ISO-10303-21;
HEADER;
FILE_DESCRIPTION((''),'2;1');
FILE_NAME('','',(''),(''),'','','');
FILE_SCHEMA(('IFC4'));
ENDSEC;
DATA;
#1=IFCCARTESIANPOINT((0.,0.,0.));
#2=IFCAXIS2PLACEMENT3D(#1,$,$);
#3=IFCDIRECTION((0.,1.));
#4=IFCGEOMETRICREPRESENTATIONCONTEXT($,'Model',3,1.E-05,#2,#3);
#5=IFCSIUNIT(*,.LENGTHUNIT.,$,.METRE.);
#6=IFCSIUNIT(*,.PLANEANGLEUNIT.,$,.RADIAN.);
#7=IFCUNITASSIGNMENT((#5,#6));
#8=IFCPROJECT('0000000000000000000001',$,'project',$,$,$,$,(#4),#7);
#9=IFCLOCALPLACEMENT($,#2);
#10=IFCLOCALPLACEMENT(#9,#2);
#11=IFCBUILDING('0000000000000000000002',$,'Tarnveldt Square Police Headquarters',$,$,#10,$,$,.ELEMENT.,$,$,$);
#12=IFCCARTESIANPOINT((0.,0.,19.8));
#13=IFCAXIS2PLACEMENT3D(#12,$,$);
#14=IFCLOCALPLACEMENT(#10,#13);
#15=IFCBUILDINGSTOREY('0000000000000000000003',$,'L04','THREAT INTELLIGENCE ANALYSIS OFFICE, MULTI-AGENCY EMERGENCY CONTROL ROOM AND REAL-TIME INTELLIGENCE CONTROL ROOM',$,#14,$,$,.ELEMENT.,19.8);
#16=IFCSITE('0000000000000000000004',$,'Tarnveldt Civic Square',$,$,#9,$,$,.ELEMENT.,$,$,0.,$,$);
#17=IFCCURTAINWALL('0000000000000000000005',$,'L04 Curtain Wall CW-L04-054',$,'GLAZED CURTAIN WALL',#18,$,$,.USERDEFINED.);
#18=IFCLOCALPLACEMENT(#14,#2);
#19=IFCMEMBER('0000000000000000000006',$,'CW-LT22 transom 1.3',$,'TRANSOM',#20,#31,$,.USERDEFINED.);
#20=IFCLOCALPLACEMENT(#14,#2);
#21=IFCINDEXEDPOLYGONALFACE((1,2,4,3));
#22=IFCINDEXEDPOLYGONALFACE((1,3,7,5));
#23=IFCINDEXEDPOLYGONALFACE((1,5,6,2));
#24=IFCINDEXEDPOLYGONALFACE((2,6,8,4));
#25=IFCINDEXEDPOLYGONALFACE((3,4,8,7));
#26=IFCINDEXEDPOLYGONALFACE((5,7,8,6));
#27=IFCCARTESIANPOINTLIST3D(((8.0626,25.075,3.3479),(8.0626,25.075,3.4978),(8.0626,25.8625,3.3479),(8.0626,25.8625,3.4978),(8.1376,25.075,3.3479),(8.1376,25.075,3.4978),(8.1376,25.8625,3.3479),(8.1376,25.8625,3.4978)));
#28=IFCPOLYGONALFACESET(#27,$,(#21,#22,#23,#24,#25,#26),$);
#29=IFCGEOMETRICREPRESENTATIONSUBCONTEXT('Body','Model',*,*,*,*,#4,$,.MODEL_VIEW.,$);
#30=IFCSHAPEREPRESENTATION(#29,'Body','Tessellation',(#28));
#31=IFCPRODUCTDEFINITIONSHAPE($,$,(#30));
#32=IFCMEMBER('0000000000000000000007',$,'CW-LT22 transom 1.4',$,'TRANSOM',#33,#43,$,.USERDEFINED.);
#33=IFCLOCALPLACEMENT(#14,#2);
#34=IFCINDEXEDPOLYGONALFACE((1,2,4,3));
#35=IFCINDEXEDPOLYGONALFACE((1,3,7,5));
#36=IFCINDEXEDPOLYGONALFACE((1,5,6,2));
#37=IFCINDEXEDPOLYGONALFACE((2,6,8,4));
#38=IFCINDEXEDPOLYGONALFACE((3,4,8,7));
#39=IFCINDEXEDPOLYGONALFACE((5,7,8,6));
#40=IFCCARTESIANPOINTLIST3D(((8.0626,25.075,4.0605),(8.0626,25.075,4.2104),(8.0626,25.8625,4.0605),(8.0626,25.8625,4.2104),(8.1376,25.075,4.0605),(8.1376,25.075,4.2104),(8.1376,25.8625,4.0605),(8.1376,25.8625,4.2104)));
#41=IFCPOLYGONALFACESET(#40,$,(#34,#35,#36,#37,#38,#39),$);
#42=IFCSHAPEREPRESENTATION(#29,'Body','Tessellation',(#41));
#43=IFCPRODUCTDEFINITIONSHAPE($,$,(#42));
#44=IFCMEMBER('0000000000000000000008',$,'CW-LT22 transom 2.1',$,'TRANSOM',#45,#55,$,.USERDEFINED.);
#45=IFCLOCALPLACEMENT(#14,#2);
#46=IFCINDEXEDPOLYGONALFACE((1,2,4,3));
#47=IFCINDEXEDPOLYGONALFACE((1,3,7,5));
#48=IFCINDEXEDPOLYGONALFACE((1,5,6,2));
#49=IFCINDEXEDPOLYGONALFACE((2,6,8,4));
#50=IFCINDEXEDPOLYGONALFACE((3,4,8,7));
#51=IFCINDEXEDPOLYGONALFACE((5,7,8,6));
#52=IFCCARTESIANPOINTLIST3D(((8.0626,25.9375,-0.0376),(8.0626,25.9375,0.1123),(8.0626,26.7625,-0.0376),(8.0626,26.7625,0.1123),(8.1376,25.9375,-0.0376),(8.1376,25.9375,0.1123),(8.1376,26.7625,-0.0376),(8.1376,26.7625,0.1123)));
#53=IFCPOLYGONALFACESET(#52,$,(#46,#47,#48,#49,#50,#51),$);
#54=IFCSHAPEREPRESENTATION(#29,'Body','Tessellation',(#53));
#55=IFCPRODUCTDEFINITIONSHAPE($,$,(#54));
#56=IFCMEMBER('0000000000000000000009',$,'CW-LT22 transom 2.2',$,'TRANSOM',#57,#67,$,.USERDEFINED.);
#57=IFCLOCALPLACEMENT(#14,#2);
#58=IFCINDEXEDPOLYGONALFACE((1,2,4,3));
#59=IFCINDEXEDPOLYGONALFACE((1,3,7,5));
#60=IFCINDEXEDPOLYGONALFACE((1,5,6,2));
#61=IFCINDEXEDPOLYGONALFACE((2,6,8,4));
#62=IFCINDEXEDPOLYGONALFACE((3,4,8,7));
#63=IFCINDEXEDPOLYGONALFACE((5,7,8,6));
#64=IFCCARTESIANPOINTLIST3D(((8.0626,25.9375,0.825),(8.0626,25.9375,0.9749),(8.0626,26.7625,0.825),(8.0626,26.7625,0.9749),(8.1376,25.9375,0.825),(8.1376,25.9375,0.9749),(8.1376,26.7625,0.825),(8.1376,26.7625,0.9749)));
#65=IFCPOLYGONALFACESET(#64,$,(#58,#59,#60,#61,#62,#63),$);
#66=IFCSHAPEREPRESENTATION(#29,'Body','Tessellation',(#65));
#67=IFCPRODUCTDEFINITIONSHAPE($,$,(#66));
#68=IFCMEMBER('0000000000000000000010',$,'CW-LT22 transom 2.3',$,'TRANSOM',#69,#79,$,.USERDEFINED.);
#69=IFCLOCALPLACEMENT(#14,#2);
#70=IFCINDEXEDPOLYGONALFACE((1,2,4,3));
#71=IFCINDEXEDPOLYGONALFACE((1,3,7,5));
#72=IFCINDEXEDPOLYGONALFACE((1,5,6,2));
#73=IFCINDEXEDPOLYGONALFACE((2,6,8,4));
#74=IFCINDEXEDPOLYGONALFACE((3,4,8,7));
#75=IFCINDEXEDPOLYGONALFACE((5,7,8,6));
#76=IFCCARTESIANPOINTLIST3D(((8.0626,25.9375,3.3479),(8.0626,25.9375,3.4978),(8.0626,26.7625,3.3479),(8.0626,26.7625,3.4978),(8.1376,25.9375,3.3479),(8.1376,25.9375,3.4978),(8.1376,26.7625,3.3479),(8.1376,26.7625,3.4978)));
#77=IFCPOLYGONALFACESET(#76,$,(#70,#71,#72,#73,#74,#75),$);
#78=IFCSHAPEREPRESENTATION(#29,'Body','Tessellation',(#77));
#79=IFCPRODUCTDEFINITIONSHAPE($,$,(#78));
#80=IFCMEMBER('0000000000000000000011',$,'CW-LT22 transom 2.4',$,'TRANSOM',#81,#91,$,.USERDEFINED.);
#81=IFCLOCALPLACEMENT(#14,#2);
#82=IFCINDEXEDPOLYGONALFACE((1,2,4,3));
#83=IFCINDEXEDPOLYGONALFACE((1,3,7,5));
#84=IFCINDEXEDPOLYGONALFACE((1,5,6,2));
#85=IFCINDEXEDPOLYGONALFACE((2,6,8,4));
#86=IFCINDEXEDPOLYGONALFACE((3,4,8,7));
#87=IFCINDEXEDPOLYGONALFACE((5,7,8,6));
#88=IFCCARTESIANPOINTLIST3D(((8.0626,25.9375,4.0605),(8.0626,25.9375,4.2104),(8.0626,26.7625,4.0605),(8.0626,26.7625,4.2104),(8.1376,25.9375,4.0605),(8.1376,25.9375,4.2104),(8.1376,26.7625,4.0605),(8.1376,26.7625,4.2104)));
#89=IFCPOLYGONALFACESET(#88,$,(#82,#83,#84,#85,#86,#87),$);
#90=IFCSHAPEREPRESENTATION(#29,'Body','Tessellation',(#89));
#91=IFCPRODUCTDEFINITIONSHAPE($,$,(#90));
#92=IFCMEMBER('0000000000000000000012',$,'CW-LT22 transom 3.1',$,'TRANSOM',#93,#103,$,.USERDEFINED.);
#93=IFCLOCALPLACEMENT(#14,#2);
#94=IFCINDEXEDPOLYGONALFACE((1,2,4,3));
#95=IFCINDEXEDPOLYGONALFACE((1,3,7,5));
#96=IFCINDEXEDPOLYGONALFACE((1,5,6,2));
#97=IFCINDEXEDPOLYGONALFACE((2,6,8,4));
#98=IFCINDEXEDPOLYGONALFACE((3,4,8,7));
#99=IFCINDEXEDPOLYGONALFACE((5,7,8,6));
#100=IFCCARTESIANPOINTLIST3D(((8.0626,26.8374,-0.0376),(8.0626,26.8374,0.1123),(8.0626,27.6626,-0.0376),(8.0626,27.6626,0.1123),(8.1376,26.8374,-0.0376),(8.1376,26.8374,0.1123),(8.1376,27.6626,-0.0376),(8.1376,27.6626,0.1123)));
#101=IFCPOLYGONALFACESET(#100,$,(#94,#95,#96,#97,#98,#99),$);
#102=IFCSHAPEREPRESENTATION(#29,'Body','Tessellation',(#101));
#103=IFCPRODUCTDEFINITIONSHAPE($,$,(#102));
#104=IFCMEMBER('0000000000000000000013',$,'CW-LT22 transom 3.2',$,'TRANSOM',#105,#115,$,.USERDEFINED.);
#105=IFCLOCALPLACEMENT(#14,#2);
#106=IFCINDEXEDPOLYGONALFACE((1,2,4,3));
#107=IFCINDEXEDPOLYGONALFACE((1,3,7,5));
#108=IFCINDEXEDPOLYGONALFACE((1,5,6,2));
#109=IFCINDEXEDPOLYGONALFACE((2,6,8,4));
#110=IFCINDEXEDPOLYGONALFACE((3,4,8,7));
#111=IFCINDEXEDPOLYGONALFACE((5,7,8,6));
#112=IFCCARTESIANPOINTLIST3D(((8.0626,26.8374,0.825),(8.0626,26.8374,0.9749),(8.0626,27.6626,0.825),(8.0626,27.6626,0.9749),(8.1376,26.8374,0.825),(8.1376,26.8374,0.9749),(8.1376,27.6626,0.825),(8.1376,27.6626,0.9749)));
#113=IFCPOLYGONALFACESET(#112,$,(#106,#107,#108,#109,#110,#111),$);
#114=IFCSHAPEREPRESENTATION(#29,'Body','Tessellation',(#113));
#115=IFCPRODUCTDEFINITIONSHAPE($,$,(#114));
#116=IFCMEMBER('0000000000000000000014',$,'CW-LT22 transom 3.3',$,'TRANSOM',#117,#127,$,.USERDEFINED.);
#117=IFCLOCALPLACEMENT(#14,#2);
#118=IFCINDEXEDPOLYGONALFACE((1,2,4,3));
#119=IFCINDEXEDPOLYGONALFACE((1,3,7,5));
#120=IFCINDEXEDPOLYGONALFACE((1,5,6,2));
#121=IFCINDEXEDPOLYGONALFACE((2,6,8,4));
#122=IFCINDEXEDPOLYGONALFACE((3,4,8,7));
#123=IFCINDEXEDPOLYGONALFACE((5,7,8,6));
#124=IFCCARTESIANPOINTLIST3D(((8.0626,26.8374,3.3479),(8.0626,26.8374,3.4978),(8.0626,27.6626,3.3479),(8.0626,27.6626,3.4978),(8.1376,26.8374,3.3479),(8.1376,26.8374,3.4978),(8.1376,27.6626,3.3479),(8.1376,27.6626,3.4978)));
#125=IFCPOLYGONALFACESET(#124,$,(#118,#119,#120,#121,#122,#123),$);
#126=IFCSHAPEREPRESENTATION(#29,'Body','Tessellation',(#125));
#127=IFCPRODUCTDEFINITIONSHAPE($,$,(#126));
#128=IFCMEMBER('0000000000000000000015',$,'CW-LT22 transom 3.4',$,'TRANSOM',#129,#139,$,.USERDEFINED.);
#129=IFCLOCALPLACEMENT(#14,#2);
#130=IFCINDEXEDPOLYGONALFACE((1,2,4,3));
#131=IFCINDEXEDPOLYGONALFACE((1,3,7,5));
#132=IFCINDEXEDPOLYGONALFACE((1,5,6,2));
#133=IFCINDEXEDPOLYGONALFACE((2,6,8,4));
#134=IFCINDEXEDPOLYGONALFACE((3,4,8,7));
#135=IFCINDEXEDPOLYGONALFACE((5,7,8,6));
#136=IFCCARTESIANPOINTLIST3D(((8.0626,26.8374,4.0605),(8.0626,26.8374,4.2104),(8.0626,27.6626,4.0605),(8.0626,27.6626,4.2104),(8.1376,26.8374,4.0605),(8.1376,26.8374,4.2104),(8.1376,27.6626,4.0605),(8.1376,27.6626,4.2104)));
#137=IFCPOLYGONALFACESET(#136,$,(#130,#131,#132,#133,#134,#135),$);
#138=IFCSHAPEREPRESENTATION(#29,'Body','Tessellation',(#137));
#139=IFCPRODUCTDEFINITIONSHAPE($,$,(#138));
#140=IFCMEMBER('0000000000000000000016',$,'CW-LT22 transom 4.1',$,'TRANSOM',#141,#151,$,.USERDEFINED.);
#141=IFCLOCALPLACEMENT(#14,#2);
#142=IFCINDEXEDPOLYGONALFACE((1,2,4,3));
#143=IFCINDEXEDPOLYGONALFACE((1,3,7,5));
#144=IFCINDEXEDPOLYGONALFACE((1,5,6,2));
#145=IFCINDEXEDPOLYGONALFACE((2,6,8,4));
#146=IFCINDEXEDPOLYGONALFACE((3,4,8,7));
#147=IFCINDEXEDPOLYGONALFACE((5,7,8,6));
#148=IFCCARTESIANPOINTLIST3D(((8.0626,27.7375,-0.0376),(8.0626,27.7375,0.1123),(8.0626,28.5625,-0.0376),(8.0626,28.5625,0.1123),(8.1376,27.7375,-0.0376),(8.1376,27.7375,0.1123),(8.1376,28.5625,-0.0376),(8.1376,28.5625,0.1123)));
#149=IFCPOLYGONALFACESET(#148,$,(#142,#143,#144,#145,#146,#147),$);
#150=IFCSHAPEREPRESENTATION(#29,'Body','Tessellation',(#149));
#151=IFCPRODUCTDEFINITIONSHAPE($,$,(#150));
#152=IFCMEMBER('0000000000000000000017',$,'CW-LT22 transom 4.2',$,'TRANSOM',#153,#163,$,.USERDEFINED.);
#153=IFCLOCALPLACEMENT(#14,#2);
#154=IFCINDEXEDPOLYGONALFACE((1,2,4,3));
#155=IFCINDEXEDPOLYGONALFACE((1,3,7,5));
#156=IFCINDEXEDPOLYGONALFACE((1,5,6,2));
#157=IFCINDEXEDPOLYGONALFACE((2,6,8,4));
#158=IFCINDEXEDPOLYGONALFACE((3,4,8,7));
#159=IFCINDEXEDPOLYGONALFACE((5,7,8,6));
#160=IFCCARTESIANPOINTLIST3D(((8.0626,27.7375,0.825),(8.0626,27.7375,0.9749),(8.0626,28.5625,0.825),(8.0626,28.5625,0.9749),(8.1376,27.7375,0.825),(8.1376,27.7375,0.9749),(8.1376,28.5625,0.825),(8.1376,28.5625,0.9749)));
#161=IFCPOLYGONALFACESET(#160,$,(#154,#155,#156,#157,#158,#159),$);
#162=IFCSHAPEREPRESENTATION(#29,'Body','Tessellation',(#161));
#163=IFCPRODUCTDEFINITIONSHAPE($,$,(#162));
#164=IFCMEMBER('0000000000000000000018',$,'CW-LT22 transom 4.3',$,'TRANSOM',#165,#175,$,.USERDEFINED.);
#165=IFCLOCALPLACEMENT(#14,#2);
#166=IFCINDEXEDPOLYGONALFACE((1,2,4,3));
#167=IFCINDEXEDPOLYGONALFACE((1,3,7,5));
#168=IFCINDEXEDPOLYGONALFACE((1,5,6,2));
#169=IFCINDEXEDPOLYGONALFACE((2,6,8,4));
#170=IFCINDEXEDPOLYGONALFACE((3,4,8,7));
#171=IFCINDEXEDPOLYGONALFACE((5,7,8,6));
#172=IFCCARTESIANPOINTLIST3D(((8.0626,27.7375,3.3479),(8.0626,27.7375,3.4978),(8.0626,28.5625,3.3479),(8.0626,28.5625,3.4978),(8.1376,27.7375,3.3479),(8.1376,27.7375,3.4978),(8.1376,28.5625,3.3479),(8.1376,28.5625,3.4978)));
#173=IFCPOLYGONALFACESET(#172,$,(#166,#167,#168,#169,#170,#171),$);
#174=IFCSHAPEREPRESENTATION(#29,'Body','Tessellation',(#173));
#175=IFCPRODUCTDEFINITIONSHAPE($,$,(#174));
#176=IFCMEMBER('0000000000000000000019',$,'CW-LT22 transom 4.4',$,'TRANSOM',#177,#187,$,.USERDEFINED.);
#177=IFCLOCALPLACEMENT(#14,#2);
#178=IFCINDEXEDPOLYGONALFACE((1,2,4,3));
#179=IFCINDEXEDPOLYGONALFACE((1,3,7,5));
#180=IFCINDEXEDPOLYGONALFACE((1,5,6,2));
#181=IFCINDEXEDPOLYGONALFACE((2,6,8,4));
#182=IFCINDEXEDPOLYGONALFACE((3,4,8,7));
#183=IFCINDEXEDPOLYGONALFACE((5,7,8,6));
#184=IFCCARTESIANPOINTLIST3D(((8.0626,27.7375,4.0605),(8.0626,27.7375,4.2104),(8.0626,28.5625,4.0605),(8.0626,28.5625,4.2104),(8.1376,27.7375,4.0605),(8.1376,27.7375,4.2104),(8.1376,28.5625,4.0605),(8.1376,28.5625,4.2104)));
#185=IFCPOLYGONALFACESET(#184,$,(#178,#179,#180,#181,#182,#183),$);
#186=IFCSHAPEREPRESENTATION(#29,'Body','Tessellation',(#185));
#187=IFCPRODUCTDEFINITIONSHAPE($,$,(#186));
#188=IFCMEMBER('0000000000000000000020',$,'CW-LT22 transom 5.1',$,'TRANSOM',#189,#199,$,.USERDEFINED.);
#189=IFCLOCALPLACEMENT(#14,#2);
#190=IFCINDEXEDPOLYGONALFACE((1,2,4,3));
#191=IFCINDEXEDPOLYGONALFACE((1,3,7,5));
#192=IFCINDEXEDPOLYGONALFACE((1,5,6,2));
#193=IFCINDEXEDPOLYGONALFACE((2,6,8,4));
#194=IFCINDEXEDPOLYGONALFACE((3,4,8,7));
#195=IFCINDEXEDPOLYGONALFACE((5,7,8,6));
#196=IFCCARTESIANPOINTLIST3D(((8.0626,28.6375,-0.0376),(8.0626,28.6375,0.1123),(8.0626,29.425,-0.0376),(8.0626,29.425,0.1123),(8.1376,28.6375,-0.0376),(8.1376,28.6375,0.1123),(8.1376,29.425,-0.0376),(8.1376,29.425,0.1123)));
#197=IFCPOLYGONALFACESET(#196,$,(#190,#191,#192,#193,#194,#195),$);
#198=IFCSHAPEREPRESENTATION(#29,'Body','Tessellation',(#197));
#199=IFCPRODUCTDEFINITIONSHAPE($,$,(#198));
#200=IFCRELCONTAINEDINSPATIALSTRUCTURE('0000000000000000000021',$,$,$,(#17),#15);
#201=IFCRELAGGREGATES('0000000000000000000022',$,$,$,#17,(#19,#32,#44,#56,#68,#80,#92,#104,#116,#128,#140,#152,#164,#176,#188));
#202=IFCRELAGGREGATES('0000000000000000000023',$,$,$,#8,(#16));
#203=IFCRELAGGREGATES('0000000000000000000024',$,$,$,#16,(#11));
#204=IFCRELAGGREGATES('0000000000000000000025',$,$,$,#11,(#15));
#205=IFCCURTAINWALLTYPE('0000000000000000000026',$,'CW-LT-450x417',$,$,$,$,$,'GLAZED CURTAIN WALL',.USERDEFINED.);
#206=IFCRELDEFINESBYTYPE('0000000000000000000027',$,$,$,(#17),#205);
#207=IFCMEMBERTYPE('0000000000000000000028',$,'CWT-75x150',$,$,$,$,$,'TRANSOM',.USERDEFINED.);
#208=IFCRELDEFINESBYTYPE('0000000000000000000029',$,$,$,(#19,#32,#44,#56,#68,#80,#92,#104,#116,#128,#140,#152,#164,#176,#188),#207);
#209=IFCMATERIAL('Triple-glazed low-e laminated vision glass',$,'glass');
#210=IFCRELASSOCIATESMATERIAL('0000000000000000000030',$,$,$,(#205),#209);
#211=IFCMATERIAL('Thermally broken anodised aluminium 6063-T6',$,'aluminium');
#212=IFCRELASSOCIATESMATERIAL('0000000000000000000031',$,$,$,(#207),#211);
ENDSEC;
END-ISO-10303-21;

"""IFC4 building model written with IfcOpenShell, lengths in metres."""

from ifc_helpers import new_model, si_unit, direction, frame, origin, origin_2d, place, context, subcontext, project, spatial, rectangle, extrude, material, material_profile, profile_set, type_object, element, aggregate, save


model = new_model("IFC4")

# Units and contexts
model_context = context("Model", 3, precision=1e-05, world=origin(), true_north=direction((0.0, 1.0)))
body_context = subcontext(model_context, "Body", "Model", "MODEL_VIEW")
ifc_project = project(units=[si_unit("LENGTHUNIT", "METRE"), si_unit("PLANEANGLEUNIT", "RADIAN")], contexts=[model_context])

# Site, building, storey
site_placement = place(None, origin())
site = spatial("IfcSite", under=ifc_project, at=site_placement, Name="Tarnveldt Civic Square", CompositionType="ELEMENT", RefElevation=0.0)
building_placement = place(site_placement, origin())
building = spatial("IfcBuilding", under=site, at=building_placement, Name="Tarnveldt Square Police Headquarters", CompositionType="ELEMENT")
storey_placement = place(building_placement, frame((0.0, 0.0, 19.8)))
storey = spatial("IfcBuildingStorey", under=building, at=storey_placement, Name="L04", Description="THREAT INTELLIGENCE ANALYSIS OFFICE, MULTI-AGENCY EMERGENCY CONTROL ROOM AND REAL-TIME INTELLIGENCE CONTROL ROOM", CompositionType="ELEMENT", Elevation=19.8)

# Curtain wall, members
ifc_material_1 = material(Name="Triple-glazed low-e laminated vision glass", Category="glass")
curtain_wall_type = type_object("IfcCurtainWallType", Name="CW-LT-450x417", ElementType="GLAZED CURTAIN WALL", PredefinedType="USERDEFINED", material=ifc_material_1)
curtain_wall_placement = place(storey_placement, origin())
curtain_wall = element("IfcCurtainWall", 1, at=curtain_wall_placement, inside=storey, type_object=curtain_wall_type, Name="L04 Curtain Wall CW-L04-054", ObjectType="GLAZED CURTAIN WALL", PredefinedType="USERDEFINED")
ifc_material_2 = material(Name="Thermally broken anodised aluminium 6063-T6", Category="aluminium")
ifc_material_profile_1 = material_profile(ifc_material_2, rectangle(XDim=0.075, YDim=0.1499, at=origin_2d()), Name="CW-T75x150")
ifc_profile_set_1 = profile_set([ifc_material_profile_1], Name="Thermally broken anodised aluminium 6063-T6")
member_type_1 = type_object("IfcMemberType", Name="CWT-75x150", ElementType="TRANSOM", PredefinedType="USERDEFINED", material=ifc_profile_set_1)
member_1_placement = place(storey_placement, frame((8.1001, 25.075, 3.4229), z_axis=(0.0, 1.0, 0.0), x_axis=(-1.0, 0.0, 0.0)))
member_1 = element("IfcMember", 2, at=member_1_placement, type_object=member_type_1, Name="CW-LT22 transom 1.3", ObjectType="TRANSOM", PredefinedType="USERDEFINED", context=body_context, shape_type="SweptSolid", body=[
    extrude(rectangle(XDim=0.075, YDim=0.1499, at=origin_2d()), origin(), (0.0, 0.0, 1.0), 0.7876),
])
member_2_placement = place(storey_placement, frame((8.1001, 25.075, 4.1355), z_axis=(0.0, 1.0, 0.0), x_axis=(-1.0, 0.0, 0.0)))
member_2 = element("IfcMember", 3, at=member_2_placement, type_object=member_type_1, Name="CW-LT22 transom 1.4", ObjectType="TRANSOM", PredefinedType="USERDEFINED", context=body_context, shape_type="SweptSolid", body=[
    extrude(rectangle(XDim=0.075, YDim=0.1499, at=origin_2d()), origin(), (0.0, 0.0, 1.0), 0.7876),
])
member_3_placement = place(storey_placement, frame((8.1001, 25.9375, 0.0374), z_axis=(0.0, 1.0, 0.0), x_axis=(-1.0, 0.0, 0.0)))
member_3 = element("IfcMember", 4, at=member_3_placement, type_object=member_type_1, Name="CW-LT22 transom 2.1", ObjectType="TRANSOM", PredefinedType="USERDEFINED", context=body_context, shape_type="SweptSolid", body=[
    extrude(rectangle(XDim=0.075, YDim=0.1499, at=origin_2d()), origin(), (0.0, 0.0, 1.0), 0.825),
])
member_4_placement = place(storey_placement, frame((8.1001, 25.9375, 0.8999), z_axis=(0.0, 1.0, 0.0), x_axis=(-1.0, 0.0, 0.0)))
member_4 = element("IfcMember", 5, at=member_4_placement, type_object=member_type_1, Name="CW-LT22 transom 2.2", ObjectType="TRANSOM", PredefinedType="USERDEFINED", context=body_context, shape_type="SweptSolid", body=[
    extrude(rectangle(XDim=0.075, YDim=0.1499, at=origin_2d()), origin(), (0.0, 0.0, 1.0), 0.825),
])
member_5_placement = place(storey_placement, frame((8.1001, 25.9375, 3.4229), z_axis=(0.0, 1.0, 0.0), x_axis=(-1.0, 0.0, 0.0)))
member_5 = element("IfcMember", 6, at=member_5_placement, type_object=member_type_1, Name="CW-LT22 transom 2.3", ObjectType="TRANSOM", PredefinedType="USERDEFINED", context=body_context, shape_type="SweptSolid", body=[
    extrude(rectangle(XDim=0.075, YDim=0.1499, at=origin_2d()), origin(), (0.0, 0.0, 1.0), 0.825),
])
member_6_placement = place(storey_placement, frame((8.1001, 25.9375, 4.1355), z_axis=(0.0, 1.0, 0.0), x_axis=(-1.0, 0.0, 0.0)))
member_6 = element("IfcMember", 7, at=member_6_placement, type_object=member_type_1, Name="CW-LT22 transom 2.4", ObjectType="TRANSOM", PredefinedType="USERDEFINED", context=body_context, shape_type="SweptSolid", body=[
    extrude(rectangle(XDim=0.075, YDim=0.1499, at=origin_2d()), origin(), (0.0, 0.0, 1.0), 0.825),
])
member_7_placement = place(storey_placement, frame((8.1001, 26.8374, 0.0374), z_axis=(0.0, 1.0, 0.0), x_axis=(-1.0, 0.0, 0.0)))
member_7 = element("IfcMember", 8, at=member_7_placement, type_object=member_type_1, Name="CW-LT22 transom 3.1", ObjectType="TRANSOM", PredefinedType="USERDEFINED", context=body_context, shape_type="SweptSolid", body=[
    extrude(rectangle(XDim=0.075, YDim=0.1499, at=origin_2d()), origin(), (0.0, 0.0, 1.0), 0.8252),
])
member_8_placement = place(storey_placement, frame((8.1001, 26.8374, 0.8999), z_axis=(0.0, 1.0, 0.0), x_axis=(-1.0, 0.0, 0.0)))
member_8 = element("IfcMember", 9, at=member_8_placement, type_object=member_type_1, Name="CW-LT22 transom 3.2", ObjectType="TRANSOM", PredefinedType="USERDEFINED", context=body_context, shape_type="SweptSolid", body=[
    extrude(rectangle(XDim=0.075, YDim=0.1499, at=origin_2d()), origin(), (0.0, 0.0, 1.0), 0.8252),
])
member_9_placement = place(storey_placement, frame((8.1001, 26.8374, 3.4229), z_axis=(0.0, 1.0, 0.0), x_axis=(-1.0, 0.0, 0.0)))
member_9 = element("IfcMember", 10, at=member_9_placement, type_object=member_type_1, Name="CW-LT22 transom 3.3", ObjectType="TRANSOM", PredefinedType="USERDEFINED", context=body_context, shape_type="SweptSolid", body=[
    extrude(rectangle(XDim=0.075, YDim=0.1499, at=origin_2d()), origin(), (0.0, 0.0, 1.0), 0.8252),
])
member_10_placement = place(storey_placement, frame((8.1001, 26.8374, 4.1355), z_axis=(0.0, 1.0, 0.0), x_axis=(-1.0, 0.0, 0.0)))
member_10 = element("IfcMember", 11, at=member_10_placement, type_object=member_type_1, Name="CW-LT22 transom 3.4", ObjectType="TRANSOM", PredefinedType="USERDEFINED", context=body_context, shape_type="SweptSolid", body=[
    extrude(rectangle(XDim=0.075, YDim=0.1499, at=origin_2d()), origin(), (0.0, 0.0, 1.0), 0.8252),
])
member_11_placement = place(storey_placement, frame((8.1001, 27.7375, 0.0374), z_axis=(0.0, 1.0, 0.0), x_axis=(-1.0, 0.0, 0.0)))
member_11 = element("IfcMember", 12, at=member_11_placement, type_object=member_type_1, Name="CW-LT22 transom 4.1", ObjectType="TRANSOM", PredefinedType="USERDEFINED", context=body_context, shape_type="SweptSolid", body=[
    extrude(rectangle(XDim=0.075, YDim=0.1499, at=origin_2d()), origin(), (0.0, 0.0, 1.0), 0.825),
])
member_12_placement = place(storey_placement, frame((8.1001, 27.7375, 0.8999), z_axis=(0.0, 1.0, 0.0), x_axis=(-1.0, 0.0, 0.0)))
member_12 = element("IfcMember", 13, at=member_12_placement, type_object=member_type_1, Name="CW-LT22 transom 4.2", ObjectType="TRANSOM", PredefinedType="USERDEFINED", context=body_context, shape_type="SweptSolid", body=[
    extrude(rectangle(XDim=0.075, YDim=0.1499, at=origin_2d()), origin(), (0.0, 0.0, 1.0), 0.825),
])
member_13_placement = place(storey_placement, frame((8.1001, 27.7375, 3.4229), z_axis=(0.0, 1.0, 0.0), x_axis=(-1.0, 0.0, 0.0)))
member_13 = element("IfcMember", 14, at=member_13_placement, type_object=member_type_1, Name="CW-LT22 transom 4.3", ObjectType="TRANSOM", PredefinedType="USERDEFINED", context=body_context, shape_type="SweptSolid", body=[
    extrude(rectangle(XDim=0.075, YDim=0.1499, at=origin_2d()), origin(), (0.0, 0.0, 1.0), 0.825),
])
member_14_placement = place(storey_placement, frame((8.1001, 27.7375, 4.1355), z_axis=(0.0, 1.0, 0.0), x_axis=(-1.0, 0.0, 0.0)))
member_14 = element("IfcMember", 15, at=member_14_placement, type_object=member_type_1, Name="CW-LT22 transom 4.4", ObjectType="TRANSOM", PredefinedType="USERDEFINED", context=body_context, shape_type="SweptSolid", body=[
    extrude(rectangle(XDim=0.075, YDim=0.1499, at=origin_2d()), origin(), (0.0, 0.0, 1.0), 0.825),
])
member_15_placement = place(storey_placement, frame((8.1001, 28.6375, 0.0374), z_axis=(0.0, 1.0, 0.0), x_axis=(-1.0, 0.0, 0.0)))
member_15 = element("IfcMember", 16, at=member_15_placement, type_object=member_type_1, Name="CW-LT22 transom 5.1", ObjectType="TRANSOM", PredefinedType="USERDEFINED", context=body_context, shape_type="SweptSolid", body=[
    extrude(rectangle(XDim=0.075, YDim=0.1499, at=origin_2d()), origin(), (0.0, 0.0, 1.0), 0.7876),
])

aggregate(curtain_wall, [member_1, member_2, member_3, member_4, member_5, member_6, member_7, member_8, member_9, member_10, member_11, member_12, member_13, member_14, member_15])

save(model, "model.ifc")
